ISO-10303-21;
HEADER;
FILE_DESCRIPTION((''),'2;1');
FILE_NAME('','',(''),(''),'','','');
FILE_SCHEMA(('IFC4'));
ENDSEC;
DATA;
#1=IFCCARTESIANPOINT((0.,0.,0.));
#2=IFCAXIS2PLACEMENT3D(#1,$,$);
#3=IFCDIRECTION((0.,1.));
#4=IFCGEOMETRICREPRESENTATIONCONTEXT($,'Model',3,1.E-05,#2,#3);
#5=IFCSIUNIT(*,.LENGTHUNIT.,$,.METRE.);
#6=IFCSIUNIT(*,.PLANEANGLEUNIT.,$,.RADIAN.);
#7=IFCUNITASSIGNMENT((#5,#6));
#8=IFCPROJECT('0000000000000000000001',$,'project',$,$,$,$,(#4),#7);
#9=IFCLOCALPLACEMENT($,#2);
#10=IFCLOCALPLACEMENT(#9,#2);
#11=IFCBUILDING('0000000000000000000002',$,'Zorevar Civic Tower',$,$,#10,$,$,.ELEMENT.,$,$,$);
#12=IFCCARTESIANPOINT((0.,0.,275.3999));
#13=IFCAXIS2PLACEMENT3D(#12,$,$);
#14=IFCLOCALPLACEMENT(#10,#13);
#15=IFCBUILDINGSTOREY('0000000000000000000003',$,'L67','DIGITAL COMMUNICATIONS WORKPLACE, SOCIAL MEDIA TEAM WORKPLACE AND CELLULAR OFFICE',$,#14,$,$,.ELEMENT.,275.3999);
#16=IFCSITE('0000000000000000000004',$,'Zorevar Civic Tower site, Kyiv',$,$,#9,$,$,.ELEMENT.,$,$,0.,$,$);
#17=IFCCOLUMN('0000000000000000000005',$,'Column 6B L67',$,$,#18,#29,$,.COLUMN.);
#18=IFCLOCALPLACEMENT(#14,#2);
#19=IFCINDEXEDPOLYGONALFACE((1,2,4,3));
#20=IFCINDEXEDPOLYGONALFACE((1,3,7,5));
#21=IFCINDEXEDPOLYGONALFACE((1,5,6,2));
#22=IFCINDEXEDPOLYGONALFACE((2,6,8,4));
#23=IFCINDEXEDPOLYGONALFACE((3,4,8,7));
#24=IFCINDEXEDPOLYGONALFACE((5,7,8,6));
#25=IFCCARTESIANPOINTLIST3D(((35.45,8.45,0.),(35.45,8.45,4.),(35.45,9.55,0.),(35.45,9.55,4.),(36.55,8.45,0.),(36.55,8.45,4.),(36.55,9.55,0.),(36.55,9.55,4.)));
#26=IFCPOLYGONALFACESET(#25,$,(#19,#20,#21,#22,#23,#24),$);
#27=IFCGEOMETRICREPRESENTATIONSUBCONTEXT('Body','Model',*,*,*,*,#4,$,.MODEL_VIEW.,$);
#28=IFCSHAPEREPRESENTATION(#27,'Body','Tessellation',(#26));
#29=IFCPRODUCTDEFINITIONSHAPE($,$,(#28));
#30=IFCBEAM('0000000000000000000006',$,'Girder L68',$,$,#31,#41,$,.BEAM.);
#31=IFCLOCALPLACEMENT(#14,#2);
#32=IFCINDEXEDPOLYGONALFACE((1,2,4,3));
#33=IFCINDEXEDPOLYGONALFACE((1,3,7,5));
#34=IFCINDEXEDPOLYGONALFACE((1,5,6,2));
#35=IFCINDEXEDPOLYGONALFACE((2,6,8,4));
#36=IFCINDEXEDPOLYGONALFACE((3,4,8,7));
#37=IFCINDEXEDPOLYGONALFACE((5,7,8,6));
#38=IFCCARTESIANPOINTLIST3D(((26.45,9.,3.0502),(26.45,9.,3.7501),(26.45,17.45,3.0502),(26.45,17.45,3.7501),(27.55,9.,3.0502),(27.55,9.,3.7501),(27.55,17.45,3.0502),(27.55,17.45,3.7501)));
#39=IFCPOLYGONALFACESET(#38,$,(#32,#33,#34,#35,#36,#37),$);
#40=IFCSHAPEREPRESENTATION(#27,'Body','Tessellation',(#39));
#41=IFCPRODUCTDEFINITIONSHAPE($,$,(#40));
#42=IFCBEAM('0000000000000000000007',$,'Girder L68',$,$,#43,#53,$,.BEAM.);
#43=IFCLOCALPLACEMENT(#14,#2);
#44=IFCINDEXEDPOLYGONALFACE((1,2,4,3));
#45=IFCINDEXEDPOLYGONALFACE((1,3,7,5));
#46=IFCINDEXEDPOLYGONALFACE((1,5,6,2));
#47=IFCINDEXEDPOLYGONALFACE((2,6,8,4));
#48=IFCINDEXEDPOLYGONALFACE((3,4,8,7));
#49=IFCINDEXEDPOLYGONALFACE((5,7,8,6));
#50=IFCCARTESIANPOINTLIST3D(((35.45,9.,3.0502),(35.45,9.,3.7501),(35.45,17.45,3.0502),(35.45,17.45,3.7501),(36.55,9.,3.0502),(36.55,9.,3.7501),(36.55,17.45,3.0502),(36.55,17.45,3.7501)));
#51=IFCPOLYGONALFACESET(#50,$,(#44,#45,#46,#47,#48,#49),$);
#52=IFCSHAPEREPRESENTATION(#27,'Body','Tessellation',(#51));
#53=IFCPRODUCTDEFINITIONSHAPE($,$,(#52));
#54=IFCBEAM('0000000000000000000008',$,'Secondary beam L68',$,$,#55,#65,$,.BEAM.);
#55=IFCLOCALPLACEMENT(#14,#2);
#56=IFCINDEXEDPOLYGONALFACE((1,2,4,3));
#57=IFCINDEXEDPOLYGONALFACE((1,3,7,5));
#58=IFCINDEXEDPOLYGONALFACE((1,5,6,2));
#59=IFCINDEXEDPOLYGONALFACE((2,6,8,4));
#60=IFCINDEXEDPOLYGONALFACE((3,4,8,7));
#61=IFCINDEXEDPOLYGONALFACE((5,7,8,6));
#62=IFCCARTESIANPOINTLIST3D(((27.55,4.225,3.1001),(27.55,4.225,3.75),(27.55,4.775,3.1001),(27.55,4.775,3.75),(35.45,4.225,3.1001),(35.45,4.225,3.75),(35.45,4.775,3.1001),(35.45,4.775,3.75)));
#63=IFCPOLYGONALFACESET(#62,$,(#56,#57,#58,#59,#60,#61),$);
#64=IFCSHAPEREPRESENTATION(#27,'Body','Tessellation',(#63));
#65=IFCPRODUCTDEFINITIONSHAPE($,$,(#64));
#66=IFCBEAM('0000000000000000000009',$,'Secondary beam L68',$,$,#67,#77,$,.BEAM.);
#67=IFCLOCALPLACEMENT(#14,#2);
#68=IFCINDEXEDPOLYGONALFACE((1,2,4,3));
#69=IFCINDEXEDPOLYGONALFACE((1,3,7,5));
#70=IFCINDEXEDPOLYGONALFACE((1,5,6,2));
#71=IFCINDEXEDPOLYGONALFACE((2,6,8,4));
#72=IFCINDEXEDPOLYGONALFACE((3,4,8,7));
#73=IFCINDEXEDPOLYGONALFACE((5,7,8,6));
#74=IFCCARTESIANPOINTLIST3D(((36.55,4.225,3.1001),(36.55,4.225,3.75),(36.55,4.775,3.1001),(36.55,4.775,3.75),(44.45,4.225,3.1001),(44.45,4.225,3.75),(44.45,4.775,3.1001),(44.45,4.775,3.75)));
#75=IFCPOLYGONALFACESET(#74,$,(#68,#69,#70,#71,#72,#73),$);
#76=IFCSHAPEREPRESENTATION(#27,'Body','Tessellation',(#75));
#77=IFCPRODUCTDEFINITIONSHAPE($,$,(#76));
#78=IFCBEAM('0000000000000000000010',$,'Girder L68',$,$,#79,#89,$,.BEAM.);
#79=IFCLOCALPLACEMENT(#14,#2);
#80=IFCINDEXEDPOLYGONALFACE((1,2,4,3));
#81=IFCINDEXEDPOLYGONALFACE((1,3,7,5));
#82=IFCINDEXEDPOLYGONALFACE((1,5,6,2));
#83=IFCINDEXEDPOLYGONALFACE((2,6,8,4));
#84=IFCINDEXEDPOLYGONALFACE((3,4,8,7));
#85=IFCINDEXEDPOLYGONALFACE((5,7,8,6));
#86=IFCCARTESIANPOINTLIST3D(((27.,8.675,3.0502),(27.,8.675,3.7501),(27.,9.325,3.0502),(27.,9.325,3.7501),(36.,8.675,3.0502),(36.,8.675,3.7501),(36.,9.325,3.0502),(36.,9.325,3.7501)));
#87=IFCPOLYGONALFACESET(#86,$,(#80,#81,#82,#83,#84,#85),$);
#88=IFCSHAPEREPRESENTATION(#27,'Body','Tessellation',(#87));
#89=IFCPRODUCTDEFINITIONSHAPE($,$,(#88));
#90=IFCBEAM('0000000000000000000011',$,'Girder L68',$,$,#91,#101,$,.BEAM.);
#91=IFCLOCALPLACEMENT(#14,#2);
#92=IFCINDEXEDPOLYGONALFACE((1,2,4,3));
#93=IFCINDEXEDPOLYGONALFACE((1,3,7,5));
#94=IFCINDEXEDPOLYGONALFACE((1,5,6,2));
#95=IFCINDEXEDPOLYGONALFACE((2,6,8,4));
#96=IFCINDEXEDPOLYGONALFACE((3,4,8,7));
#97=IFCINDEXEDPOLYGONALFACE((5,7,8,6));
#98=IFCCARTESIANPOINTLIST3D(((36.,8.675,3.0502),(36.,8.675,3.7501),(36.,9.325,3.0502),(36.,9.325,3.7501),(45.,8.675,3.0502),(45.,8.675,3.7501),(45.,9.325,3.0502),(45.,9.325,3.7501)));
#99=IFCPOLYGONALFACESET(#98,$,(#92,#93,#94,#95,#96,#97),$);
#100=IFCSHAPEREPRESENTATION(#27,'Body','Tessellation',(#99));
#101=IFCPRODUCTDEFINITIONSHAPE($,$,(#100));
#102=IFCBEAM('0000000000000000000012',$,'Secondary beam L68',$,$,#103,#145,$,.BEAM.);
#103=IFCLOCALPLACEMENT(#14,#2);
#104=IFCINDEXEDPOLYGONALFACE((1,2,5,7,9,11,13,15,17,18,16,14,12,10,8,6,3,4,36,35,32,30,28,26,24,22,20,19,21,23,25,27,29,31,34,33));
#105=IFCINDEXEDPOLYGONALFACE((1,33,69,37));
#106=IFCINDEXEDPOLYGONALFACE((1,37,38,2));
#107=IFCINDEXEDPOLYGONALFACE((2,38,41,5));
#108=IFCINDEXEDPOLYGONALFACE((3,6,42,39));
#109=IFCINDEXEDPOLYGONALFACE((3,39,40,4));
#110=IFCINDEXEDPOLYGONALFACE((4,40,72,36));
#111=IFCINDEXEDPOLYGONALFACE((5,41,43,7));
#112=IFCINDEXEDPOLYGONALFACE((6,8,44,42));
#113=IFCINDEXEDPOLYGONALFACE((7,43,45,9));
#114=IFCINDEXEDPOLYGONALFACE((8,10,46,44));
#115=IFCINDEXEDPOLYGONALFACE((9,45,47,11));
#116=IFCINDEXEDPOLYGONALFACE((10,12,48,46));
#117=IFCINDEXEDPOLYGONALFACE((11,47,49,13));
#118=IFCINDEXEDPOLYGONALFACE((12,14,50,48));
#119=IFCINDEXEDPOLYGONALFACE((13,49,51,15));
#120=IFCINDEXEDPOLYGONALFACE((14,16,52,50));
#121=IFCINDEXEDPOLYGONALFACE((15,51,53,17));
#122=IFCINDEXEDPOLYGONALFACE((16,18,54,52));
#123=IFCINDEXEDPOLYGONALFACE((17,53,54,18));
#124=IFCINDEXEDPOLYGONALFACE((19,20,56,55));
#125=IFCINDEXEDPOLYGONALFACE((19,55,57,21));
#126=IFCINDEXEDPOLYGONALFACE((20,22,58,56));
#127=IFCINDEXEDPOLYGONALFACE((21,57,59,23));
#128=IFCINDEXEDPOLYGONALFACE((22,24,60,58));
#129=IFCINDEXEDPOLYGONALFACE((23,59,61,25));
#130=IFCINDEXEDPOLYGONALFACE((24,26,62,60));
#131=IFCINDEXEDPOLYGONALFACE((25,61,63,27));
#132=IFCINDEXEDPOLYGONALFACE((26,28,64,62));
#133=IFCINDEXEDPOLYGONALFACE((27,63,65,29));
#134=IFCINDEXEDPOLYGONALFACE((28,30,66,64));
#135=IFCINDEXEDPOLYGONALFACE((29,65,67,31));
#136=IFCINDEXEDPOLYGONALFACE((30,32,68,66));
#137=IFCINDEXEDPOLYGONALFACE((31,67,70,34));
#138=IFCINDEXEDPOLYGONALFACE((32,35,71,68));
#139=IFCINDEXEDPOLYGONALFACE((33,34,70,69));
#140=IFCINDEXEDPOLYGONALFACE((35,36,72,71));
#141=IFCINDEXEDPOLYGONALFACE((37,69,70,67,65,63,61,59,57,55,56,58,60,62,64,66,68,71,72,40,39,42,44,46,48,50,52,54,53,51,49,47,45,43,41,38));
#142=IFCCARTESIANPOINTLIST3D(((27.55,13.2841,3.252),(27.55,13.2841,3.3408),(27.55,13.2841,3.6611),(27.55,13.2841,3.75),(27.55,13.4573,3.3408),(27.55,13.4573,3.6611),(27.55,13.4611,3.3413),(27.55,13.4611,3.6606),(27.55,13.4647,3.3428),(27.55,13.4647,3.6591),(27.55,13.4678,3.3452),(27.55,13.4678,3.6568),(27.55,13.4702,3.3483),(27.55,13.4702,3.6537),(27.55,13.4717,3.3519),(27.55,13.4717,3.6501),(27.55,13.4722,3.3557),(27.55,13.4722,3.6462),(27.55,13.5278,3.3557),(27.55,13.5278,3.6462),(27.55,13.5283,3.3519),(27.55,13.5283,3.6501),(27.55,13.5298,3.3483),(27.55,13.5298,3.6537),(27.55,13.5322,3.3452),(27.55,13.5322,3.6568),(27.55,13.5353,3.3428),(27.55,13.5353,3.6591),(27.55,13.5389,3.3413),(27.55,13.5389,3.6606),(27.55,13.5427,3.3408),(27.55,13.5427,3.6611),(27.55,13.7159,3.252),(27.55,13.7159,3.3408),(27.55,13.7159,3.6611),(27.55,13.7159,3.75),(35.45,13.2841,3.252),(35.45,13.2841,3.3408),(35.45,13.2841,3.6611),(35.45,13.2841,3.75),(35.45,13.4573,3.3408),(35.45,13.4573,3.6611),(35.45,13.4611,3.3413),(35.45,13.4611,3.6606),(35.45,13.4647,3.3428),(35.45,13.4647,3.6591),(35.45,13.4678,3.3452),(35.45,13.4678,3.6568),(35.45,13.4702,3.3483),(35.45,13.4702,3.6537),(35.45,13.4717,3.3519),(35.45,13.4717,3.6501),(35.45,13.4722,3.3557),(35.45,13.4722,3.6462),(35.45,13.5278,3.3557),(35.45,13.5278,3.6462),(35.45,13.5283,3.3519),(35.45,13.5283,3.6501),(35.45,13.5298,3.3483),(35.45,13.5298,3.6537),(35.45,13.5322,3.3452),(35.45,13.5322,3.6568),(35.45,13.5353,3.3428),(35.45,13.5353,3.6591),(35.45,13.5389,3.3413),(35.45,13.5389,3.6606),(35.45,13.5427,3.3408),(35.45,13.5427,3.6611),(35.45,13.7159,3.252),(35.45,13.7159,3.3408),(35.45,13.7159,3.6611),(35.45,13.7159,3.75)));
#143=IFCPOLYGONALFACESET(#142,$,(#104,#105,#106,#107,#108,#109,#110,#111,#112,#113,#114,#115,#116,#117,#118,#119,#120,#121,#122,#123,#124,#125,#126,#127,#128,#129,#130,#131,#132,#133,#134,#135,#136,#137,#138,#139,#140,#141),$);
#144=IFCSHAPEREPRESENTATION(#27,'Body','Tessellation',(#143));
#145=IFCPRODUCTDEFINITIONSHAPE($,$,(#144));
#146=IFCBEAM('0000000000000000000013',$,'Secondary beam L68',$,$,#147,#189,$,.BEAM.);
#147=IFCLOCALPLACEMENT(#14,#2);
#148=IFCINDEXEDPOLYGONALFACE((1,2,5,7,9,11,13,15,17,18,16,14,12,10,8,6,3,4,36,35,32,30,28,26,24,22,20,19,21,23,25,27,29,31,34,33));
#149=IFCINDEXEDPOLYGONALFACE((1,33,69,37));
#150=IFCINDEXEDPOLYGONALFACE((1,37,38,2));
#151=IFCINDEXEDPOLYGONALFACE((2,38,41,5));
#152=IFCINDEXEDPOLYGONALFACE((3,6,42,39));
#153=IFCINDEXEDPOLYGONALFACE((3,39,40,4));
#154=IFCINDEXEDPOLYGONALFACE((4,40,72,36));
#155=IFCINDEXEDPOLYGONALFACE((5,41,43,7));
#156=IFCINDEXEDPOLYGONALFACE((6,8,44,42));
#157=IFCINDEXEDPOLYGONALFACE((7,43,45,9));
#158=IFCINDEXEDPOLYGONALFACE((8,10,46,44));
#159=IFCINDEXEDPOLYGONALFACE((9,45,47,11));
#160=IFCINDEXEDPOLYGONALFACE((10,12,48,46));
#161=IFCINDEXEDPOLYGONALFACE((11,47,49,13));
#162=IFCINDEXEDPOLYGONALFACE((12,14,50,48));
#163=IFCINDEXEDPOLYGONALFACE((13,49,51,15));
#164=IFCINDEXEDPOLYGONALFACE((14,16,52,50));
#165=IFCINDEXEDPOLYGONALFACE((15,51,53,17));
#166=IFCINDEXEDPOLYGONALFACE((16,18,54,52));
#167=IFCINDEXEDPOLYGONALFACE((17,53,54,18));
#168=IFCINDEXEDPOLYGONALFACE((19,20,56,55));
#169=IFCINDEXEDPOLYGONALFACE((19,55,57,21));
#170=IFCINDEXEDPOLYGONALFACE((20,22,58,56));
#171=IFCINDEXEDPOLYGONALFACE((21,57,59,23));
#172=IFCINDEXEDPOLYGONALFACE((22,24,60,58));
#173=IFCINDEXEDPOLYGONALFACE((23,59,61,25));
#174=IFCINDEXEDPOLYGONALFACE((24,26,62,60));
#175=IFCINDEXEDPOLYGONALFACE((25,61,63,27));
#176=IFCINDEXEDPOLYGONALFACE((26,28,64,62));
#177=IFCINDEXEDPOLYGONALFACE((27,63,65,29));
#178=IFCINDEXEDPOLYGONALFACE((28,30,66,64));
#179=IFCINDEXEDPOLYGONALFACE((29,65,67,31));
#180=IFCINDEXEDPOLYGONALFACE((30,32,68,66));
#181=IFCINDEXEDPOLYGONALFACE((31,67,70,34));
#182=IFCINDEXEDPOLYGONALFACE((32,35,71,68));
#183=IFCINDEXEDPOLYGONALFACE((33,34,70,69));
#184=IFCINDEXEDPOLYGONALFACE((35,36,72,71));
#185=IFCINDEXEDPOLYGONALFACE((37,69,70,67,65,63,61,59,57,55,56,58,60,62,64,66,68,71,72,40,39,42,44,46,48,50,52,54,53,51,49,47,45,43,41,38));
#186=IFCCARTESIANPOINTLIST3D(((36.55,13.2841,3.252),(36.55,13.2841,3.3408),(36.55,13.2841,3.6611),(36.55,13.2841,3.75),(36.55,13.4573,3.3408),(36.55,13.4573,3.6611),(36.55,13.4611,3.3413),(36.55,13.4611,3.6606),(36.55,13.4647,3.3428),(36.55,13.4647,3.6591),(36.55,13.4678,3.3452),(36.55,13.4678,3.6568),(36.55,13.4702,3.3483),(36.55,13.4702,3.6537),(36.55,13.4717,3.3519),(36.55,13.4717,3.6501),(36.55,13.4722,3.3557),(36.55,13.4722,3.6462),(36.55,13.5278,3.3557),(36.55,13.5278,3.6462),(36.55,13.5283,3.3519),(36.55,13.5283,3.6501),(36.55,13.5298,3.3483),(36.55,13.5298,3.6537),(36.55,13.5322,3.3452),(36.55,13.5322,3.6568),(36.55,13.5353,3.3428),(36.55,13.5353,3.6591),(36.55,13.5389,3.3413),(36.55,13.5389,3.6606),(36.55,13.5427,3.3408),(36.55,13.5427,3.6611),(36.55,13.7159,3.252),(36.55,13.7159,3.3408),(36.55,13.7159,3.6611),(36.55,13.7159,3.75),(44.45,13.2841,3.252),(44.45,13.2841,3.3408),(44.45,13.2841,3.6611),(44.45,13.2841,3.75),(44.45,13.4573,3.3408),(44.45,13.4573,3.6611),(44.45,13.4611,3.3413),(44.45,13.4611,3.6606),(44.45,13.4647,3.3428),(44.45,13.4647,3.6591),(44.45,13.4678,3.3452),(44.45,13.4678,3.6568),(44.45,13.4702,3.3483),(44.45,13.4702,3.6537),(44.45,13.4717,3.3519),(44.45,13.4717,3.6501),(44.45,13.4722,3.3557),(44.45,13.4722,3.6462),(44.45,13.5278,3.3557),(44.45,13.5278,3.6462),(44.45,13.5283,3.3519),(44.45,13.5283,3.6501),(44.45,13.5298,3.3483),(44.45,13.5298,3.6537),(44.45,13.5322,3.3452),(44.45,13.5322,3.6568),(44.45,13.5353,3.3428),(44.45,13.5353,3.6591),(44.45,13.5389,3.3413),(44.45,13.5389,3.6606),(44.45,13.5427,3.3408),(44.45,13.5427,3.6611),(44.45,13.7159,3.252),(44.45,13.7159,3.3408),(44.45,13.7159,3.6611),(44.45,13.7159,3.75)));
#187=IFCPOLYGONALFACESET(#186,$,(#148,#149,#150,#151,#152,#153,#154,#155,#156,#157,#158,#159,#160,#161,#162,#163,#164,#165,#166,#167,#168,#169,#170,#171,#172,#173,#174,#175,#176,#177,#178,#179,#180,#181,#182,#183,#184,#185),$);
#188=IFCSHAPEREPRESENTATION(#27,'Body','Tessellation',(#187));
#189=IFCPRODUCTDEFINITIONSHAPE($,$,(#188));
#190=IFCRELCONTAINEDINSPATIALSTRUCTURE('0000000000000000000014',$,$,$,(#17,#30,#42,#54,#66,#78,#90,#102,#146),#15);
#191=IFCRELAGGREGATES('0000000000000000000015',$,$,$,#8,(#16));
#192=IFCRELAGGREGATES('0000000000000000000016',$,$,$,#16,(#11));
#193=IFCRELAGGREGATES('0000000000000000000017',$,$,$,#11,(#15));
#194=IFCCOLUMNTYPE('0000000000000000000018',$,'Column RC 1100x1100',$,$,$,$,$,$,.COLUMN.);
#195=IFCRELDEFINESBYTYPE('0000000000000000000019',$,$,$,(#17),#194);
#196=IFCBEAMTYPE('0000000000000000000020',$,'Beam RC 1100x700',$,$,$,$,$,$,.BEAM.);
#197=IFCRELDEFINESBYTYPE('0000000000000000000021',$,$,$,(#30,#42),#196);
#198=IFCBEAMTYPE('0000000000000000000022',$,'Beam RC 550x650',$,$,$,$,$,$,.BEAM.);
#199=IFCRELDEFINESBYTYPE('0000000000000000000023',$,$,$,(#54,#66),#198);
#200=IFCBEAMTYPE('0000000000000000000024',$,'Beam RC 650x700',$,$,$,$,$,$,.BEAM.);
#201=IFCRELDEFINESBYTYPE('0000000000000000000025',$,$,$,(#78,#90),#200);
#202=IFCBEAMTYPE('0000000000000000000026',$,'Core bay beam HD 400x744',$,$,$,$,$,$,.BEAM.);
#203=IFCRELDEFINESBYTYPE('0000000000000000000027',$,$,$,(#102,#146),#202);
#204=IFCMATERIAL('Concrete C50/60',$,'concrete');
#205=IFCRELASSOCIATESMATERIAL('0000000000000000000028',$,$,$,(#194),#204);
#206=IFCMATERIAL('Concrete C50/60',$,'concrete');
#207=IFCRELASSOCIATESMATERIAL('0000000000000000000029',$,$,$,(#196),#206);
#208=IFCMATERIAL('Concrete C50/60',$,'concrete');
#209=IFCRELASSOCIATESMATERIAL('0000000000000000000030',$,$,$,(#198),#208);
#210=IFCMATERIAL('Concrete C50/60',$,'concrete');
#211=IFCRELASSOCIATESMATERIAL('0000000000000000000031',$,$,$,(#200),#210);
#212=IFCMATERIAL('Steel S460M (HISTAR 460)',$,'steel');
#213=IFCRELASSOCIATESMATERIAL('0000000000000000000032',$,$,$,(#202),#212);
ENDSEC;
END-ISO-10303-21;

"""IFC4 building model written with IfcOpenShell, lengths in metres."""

from ifc_helpers import new_model, si_unit, direction, frame, origin, origin_2d, place, context, subcontext, project, spatial, rectangle, i_section, extrude, material, material_profile, profile_set, type_object, element, save


model = new_model("IFC4")

# Units and contexts
model_context = context("Model", 3, precision=1e-05, world=origin(), true_north=direction((0.0, 1.0)))
body_context = subcontext(model_context, "Body", "Model", "MODEL_VIEW")
ifc_project = project(units=[si_unit("LENGTHUNIT", "METRE"), si_unit("PLANEANGLEUNIT", "RADIAN")], contexts=[model_context])

# Site, building, storey
site_placement = place(None, origin())
site = spatial("IfcSite", under=ifc_project, at=site_placement, Name="Zorevar Civic Tower site, Kyiv", CompositionType="ELEMENT", RefElevation=0.0)
building_placement = place(site_placement, origin())
building = spatial("IfcBuilding", under=site, at=building_placement, Name="Zorevar Civic Tower", CompositionType="ELEMENT")
storey_placement = place(building_placement, frame((0.0, 0.0, 275.3999)))
storey = spatial("IfcBuildingStorey", under=building, at=storey_placement, Name="L67", Description="DIGITAL COMMUNICATIONS WORKPLACE, SOCIAL MEDIA TEAM WORKPLACE AND CELLULAR OFFICE", CompositionType="ELEMENT", Elevation=275.3999)

# Column
ifc_material_1 = material(Name="Concrete C50/60", Category="concrete")
ifc_material_profile_1 = material_profile(ifc_material_1, rectangle(XDim=1.1001, YDim=1.1001, at=origin_2d()), Name="RC 1100x1100")
ifc_profile_set_1 = profile_set([ifc_material_profile_1], Name="Concrete C50/60")
column_type = type_object("IfcColumnType", Name="Column RC 1100x1100", PredefinedType="COLUMN", material=ifc_profile_set_1)
column_placement = place(storey_placement, frame((36.0, 9.0, 0.0), z_axis=(0.0, 0.0, 1.0), x_axis=(1.0, 0.0, 0.0)))
element("IfcColumn", 1, at=column_placement, inside=storey, type_object=column_type, Name="Column 6B L67", PredefinedType="COLUMN", context=body_context, shape_type="SweptSolid", body=[
    extrude(rectangle(XDim=1.1001, YDim=1.1001, at=origin_2d()), origin(), (0.0, 0.0, 1.0), 4.0),
])

# Beams
ifc_material_2 = material(Name="Concrete C50/60", Category="concrete")
ifc_material_profile_2 = material_profile(ifc_material_2, rectangle(XDim=1.1001, YDim=0.7, at=origin_2d()), Name="RC 1100x700")
ifc_profile_set_2 = profile_set([ifc_material_profile_2], Name="Concrete C50/60")
beam_type_1 = type_object("IfcBeamType", Name="Beam RC 1100x700", PredefinedType="BEAM", material=ifc_profile_set_2)
for number, where, z_axis, x_axis, name in (
    (2, (27.0, 9.0, 3.4001), (0.0, 1.0, 0.0), (-1.0, 0.0, 0.0), "Girder L68"),
    (3, (36.0, 9.0, 3.4001), (0.0, 1.0, 0.0), (-1.0, 0.0, 0.0), "Girder L68"),
):
    element("IfcBeam", number, at=place(storey_placement, frame(where, z_axis=z_axis, x_axis=x_axis)), inside=storey, type_object=beam_type_1, Name=name, PredefinedType="BEAM", context=body_context, shape_type="SweptSolid", body=[
        extrude(rectangle(XDim=1.1001, YDim=0.7, at=origin_2d()), origin(), (0.0, 0.0, 1.0), 8.45),
    ])
ifc_material_3 = material(Name="Concrete C50/60", Category="concrete")
ifc_material_profile_3 = material_profile(ifc_material_3, rectangle(XDim=0.55, YDim=0.6499, at=origin_2d()), Name="RC 550x650")
ifc_profile_set_3 = profile_set([ifc_material_profile_3], Name="Concrete C50/60")
beam_type_2 = type_object("IfcBeamType", Name="Beam RC 550x650", PredefinedType="BEAM", material=ifc_profile_set_3)
for number, where, z_axis, x_axis, name in (
    (4, (27.55, 4.5, 3.425), (1.0, 0.0, 0.0), (0.0, 1.0, 0.0), "Secondary beam L68"),
    (5, (36.55, 4.5, 3.425), (1.0, 0.0, 0.0), (0.0, 1.0, 0.0), "Secondary beam L68"),
):
    element("IfcBeam", number, at=place(storey_placement, frame(where, z_axis=z_axis, x_axis=x_axis)), inside=storey, type_object=beam_type_2, Name=name, PredefinedType="BEAM", context=body_context, shape_type="SweptSolid", body=[
        extrude(rectangle(XDim=0.55, YDim=0.6499, at=origin_2d()), origin(), (0.0, 0.0, 1.0), 7.8999),
    ])
ifc_material_4 = material(Name="Concrete C50/60", Category="concrete")
ifc_material_profile_4 = material_profile(ifc_material_4, rectangle(XDim=0.6499, YDim=0.7, at=origin_2d()), Name="RC 650x700")
ifc_profile_set_4 = profile_set([ifc_material_profile_4], Name="Concrete C50/60")
beam_type_3 = type_object("IfcBeamType", Name="Beam RC 650x700", PredefinedType="BEAM", material=ifc_profile_set_4)
for number, where, z_axis, x_axis, name in (
    (6, (27.0, 9.0, 3.4001), (1.0, 0.0, 0.0), (0.0, 1.0, 0.0), "Girder L68"),
    (7, (36.0, 9.0, 3.4001), (1.0, 0.0, 0.0), (0.0, 1.0, 0.0), "Girder L68"),
):
    element("IfcBeam", number, at=place(storey_placement, frame(where, z_axis=z_axis, x_axis=x_axis)), inside=storey, type_object=beam_type_3, Name=name, PredefinedType="BEAM", context=body_context, shape_type="SweptSolid", body=[
        extrude(rectangle(XDim=0.6499, YDim=0.7, at=origin_2d()), origin(), (0.0, 0.0, 1.0), 9.0),
    ])
ifc_material_5 = material(Name="Steel S460M (HISTAR 460)", Category="steel")
ifc_material_profile_5 = material_profile(ifc_material_5, i_section(OverallWidth=0.4319, OverallDepth=0.498, WebThickness=0.0557, FlangeThickness=0.0889, FilletRadius=0.0149, at=origin_2d()), Name="HD 400x744")
ifc_profile_set_5 = profile_set([ifc_material_profile_5], Name="Steel S460M (HISTAR 460)")
beam_type_4 = type_object("IfcBeamType", Name="Core bay beam HD 400x744", PredefinedType="BEAM", material=ifc_profile_set_5)
for number, where, z_axis, x_axis, name in (
    (8, (27.55, 13.5, 3.501), (1.0, 0.0, 0.0), (0.0, 1.0, 0.0), "Secondary beam L68"),
    (9, (36.55, 13.5, 3.501), (1.0, 0.0, 0.0), (0.0, 1.0, 0.0), "Secondary beam L68"),
):
    element("IfcBeam", number, at=place(storey_placement, frame(where, z_axis=z_axis, x_axis=x_axis)), inside=storey, type_object=beam_type_4, Name=name, PredefinedType="BEAM", context=body_context, shape_type="SweptSolid", body=[
        extrude(i_section(OverallWidth=0.4319, OverallDepth=0.498, WebThickness=0.0557, FlangeThickness=0.0889, FilletRadius=0.0149, at=origin_2d()), origin(), (0.0, 0.0, 1.0), 7.8999),
    ])

save(model, "model.ifc")
